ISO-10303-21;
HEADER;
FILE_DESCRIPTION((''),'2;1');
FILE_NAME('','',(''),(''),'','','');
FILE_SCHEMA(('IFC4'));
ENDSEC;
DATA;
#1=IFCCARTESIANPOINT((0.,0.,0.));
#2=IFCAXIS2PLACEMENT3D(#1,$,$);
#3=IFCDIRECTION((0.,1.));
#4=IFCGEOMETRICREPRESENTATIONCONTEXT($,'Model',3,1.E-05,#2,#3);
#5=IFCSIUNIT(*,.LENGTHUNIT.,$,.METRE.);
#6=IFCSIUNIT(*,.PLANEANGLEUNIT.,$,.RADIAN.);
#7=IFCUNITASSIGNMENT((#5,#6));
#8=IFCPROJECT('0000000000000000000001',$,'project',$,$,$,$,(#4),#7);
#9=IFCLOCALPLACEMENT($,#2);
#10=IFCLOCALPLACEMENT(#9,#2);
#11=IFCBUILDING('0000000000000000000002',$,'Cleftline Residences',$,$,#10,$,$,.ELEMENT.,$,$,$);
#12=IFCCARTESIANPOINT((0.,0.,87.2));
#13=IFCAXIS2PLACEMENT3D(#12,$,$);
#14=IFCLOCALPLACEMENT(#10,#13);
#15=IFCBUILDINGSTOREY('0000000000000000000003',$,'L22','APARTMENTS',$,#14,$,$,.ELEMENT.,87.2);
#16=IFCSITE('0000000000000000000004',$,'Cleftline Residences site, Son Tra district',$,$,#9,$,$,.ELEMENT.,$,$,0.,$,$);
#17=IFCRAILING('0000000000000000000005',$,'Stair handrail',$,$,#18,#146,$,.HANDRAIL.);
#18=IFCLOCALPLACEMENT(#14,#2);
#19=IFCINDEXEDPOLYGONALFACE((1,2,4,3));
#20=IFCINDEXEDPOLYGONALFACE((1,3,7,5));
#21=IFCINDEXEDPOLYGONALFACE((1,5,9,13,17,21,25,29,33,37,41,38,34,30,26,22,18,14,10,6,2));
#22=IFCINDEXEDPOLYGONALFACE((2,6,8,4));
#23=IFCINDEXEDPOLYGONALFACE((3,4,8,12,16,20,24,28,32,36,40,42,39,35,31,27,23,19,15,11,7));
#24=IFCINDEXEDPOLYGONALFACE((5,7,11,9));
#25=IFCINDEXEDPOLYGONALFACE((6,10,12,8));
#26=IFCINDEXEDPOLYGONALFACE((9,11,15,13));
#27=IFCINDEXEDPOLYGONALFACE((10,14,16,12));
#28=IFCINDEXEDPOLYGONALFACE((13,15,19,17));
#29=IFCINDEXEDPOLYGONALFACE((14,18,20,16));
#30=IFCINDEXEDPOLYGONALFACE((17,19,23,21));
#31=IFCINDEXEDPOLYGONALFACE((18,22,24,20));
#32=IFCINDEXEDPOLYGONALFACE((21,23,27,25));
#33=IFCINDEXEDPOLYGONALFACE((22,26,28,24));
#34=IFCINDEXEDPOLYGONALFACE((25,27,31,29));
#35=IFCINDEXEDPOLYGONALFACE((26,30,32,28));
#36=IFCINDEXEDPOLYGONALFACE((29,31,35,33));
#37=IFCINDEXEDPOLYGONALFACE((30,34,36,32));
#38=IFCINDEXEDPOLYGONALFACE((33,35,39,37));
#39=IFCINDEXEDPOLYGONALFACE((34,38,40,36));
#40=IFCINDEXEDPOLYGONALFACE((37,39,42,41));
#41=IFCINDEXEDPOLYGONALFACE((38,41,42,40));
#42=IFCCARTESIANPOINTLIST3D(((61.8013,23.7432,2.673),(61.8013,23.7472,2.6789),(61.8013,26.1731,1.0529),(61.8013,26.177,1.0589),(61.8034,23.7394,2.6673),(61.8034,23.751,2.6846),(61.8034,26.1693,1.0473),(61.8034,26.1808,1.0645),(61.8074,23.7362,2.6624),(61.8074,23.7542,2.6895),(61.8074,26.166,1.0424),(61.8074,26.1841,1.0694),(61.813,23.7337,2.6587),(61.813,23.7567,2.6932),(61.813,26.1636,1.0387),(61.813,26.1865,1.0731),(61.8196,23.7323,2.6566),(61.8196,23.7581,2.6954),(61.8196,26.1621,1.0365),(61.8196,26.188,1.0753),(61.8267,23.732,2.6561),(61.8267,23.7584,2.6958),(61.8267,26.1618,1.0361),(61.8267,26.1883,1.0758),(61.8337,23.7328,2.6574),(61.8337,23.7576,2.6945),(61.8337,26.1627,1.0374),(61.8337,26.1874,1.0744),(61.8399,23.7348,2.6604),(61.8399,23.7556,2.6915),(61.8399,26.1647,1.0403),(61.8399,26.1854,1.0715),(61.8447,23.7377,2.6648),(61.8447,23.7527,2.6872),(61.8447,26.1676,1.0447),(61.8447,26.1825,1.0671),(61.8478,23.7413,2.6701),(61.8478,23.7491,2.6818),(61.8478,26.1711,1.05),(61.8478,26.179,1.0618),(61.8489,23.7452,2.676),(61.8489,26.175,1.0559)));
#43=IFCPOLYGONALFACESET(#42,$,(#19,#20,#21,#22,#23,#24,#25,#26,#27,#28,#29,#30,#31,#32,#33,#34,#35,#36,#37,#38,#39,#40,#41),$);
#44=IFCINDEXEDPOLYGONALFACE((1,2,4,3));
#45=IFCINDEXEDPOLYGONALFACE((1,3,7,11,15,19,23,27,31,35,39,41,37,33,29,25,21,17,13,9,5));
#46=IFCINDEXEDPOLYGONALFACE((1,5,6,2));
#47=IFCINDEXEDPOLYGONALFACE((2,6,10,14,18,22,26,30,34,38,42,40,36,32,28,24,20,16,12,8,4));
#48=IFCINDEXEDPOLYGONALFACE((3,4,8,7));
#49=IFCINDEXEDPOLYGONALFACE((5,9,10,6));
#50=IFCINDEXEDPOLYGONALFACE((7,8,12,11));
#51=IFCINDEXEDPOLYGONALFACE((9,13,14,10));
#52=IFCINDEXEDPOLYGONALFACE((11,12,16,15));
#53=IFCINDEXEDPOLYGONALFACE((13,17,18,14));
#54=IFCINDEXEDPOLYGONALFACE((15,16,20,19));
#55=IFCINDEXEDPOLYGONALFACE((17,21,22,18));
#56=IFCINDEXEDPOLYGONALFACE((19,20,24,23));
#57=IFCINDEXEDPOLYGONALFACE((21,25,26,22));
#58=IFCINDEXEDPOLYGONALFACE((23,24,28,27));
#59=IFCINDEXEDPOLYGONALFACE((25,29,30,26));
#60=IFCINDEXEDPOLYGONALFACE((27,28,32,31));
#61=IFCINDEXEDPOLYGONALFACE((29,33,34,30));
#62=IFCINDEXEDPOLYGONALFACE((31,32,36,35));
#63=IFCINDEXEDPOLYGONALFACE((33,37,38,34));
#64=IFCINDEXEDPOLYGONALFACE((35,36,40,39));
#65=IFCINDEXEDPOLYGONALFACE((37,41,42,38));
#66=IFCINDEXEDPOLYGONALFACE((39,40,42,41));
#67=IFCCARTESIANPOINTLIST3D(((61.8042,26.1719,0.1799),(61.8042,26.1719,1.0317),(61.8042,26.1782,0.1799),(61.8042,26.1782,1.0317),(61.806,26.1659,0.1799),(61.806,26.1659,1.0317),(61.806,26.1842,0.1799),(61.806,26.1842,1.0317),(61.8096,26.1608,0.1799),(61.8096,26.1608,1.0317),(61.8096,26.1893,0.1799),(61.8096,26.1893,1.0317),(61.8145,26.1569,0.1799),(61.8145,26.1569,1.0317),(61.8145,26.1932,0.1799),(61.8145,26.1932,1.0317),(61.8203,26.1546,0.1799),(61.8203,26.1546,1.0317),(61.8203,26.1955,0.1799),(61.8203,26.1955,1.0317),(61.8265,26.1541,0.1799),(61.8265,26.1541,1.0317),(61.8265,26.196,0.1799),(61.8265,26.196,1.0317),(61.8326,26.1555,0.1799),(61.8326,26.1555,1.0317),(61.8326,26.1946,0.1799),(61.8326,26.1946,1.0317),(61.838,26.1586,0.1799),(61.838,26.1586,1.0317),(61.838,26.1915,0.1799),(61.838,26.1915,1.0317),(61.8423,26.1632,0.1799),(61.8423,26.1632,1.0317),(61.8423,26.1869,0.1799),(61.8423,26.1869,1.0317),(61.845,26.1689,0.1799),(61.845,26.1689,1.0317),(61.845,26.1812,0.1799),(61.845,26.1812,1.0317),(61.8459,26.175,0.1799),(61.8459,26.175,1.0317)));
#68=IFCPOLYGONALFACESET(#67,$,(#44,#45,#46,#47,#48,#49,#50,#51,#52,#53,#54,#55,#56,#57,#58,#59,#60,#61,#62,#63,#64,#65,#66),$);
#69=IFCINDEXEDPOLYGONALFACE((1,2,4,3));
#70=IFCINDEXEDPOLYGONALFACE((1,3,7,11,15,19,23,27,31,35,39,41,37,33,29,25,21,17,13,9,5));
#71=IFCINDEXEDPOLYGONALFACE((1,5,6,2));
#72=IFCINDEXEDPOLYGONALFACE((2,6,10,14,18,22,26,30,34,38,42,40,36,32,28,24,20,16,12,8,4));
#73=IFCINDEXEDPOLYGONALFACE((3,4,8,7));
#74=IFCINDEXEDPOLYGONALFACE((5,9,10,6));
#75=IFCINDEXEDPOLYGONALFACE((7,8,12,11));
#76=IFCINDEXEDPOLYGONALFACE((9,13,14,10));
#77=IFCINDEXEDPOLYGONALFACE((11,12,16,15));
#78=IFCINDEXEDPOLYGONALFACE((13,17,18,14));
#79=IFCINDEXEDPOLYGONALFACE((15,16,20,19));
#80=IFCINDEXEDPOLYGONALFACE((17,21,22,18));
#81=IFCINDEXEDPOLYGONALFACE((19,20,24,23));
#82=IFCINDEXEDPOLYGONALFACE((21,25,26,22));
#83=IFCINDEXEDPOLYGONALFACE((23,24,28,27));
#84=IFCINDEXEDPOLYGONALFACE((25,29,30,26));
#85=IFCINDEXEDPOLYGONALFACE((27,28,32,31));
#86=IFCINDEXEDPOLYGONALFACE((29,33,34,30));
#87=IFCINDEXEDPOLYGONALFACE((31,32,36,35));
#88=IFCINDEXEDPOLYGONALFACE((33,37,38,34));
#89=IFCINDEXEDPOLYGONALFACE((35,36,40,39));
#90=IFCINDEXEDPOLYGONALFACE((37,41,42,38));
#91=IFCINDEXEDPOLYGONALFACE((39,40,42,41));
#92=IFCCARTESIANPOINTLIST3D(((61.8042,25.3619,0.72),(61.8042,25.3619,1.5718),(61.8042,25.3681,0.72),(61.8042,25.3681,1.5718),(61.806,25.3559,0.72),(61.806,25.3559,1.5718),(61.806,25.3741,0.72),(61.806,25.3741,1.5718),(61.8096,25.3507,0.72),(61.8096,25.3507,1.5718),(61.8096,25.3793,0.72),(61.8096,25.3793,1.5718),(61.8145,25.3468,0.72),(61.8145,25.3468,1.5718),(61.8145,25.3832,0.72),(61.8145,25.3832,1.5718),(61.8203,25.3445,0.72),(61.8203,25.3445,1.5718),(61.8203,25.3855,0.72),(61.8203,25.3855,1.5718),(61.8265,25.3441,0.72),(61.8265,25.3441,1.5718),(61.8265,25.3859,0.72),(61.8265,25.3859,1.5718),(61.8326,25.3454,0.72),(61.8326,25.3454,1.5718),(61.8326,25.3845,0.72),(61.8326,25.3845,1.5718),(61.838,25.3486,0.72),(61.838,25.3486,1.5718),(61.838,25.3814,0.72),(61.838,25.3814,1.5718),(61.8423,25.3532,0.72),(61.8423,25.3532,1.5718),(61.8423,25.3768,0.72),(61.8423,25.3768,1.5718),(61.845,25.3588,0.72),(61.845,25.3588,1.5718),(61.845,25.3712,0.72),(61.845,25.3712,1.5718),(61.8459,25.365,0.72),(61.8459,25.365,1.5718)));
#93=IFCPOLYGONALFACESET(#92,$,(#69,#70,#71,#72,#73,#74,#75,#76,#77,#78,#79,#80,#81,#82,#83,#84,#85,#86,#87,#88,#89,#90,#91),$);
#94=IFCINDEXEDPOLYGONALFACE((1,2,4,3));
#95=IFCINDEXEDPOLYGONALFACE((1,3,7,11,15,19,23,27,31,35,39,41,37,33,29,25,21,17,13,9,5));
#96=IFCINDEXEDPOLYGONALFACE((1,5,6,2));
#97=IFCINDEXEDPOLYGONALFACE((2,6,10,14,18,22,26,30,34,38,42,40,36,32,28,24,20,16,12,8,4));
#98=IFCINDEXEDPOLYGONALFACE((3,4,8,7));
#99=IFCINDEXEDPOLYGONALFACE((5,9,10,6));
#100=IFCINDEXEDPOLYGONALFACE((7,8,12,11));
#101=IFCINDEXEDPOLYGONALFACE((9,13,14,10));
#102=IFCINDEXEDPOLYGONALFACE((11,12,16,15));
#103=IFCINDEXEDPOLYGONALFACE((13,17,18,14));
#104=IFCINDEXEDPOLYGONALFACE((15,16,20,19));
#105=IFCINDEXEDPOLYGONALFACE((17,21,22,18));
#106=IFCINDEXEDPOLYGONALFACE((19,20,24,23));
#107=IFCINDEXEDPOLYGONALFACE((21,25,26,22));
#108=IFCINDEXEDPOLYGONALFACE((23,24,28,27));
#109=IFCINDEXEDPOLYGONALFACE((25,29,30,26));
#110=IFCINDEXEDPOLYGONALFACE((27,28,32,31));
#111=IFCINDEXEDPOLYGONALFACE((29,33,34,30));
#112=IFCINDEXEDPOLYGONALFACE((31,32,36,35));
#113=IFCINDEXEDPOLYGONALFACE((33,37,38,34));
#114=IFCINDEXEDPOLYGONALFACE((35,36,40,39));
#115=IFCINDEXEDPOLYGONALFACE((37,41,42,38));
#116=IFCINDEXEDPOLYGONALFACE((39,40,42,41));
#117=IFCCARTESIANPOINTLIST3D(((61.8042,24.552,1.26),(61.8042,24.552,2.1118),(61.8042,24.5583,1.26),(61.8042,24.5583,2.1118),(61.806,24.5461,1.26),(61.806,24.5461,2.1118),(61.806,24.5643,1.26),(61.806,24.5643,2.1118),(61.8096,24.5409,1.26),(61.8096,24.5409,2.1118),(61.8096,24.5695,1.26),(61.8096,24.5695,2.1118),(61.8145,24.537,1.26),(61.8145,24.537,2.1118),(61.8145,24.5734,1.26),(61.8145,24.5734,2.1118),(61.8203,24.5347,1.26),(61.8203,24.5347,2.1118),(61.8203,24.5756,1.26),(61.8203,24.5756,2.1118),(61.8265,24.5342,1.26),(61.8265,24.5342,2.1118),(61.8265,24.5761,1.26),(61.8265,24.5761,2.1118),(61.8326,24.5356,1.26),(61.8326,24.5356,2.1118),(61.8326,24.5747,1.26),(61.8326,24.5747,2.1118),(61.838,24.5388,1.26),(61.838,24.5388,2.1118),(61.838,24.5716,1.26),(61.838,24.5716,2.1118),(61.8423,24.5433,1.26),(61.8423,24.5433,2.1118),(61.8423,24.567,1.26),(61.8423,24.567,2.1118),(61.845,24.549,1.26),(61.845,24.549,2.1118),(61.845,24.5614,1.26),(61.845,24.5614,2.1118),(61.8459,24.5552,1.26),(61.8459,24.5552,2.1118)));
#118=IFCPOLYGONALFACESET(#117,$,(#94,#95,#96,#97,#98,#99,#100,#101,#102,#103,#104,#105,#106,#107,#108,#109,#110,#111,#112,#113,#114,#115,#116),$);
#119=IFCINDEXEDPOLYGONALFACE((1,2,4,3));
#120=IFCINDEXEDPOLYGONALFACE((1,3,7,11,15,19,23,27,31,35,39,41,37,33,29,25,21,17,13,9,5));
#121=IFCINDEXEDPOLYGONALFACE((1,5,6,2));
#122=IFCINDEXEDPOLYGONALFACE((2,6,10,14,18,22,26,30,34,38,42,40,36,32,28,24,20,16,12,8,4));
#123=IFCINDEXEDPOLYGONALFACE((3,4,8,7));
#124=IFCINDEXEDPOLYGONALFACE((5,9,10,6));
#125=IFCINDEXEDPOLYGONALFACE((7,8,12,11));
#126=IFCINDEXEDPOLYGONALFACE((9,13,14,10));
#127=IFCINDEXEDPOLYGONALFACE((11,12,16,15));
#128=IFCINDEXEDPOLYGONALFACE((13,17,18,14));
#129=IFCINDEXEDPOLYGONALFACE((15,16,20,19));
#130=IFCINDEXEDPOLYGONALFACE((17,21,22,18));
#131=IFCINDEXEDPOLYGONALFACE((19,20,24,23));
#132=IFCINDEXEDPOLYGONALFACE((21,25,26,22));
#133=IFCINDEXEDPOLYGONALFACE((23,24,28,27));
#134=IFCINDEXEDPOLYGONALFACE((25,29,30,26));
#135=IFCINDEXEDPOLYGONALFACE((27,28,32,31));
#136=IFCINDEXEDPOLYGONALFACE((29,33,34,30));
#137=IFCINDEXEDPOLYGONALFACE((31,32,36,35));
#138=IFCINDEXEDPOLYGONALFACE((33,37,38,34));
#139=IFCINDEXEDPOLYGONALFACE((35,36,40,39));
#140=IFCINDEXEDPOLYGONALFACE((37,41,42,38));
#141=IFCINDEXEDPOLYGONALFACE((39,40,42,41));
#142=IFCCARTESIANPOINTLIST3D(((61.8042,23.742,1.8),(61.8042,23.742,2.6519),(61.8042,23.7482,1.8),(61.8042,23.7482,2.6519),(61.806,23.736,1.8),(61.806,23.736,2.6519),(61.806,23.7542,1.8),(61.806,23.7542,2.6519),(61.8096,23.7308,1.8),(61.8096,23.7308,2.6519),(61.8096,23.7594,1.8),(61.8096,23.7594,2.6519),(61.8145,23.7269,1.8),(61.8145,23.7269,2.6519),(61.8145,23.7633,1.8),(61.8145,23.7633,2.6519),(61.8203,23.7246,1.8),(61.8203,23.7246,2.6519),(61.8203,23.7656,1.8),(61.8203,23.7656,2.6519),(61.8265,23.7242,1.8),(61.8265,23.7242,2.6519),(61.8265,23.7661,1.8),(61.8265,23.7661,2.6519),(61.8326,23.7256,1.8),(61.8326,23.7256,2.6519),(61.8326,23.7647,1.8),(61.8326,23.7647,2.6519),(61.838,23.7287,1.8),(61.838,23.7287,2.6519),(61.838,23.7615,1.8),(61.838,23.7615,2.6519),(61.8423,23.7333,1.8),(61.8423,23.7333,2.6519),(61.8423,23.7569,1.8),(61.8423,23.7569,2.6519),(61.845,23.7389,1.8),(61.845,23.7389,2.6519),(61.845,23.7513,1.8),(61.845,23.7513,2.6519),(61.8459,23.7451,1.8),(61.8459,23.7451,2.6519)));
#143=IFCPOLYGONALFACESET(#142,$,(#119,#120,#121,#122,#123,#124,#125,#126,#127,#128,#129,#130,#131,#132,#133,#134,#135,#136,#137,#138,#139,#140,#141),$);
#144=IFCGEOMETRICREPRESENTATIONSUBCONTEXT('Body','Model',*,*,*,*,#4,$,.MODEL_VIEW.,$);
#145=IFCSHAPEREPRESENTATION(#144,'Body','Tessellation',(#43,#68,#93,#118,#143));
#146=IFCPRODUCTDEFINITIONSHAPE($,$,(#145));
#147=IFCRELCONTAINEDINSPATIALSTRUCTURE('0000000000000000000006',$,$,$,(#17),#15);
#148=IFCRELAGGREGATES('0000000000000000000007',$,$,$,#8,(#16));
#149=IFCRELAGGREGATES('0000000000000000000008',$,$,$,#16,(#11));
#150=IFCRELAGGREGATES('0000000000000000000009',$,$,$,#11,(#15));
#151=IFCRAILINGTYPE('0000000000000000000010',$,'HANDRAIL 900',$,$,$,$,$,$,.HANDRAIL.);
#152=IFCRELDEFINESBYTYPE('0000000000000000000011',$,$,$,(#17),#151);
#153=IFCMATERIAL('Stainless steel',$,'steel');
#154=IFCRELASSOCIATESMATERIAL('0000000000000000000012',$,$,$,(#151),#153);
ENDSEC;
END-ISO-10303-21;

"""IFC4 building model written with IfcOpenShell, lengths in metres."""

from ifc_helpers import new_model, si_unit, direction, frame, origin, origin_2d, place, context, subcontext, project, spatial, circle, extrude, material, type_object, element, save


model = new_model("IFC4")

# Units and contexts
model_context = context("Model", 3, precision=1e-05, world=origin(), true_north=direction((0.0, 1.0)))
body_context = subcontext(model_context, "Body", "Model", "MODEL_VIEW")
ifc_project = project(units=[si_unit("LENGTHUNIT", "METRE"), si_unit("PLANEANGLEUNIT", "RADIAN")], contexts=[model_context])

# Site, building, storey
site_placement = place(None, origin())
site = spatial("IfcSite", under=ifc_project, at=site_placement, Name="Cleftline Residences site, Son Tra district", CompositionType="ELEMENT", RefElevation=0.0)
building_placement = place(site_placement, origin())
building = spatial("IfcBuilding", under=site, at=building_placement, Name="Cleftline Residences", CompositionType="ELEMENT")
storey_placement = place(building_placement, frame((0.0, 0.0, 87.2)))
storey = spatial("IfcBuildingStorey", under=building, at=storey_placement, Name="L22", Description="APARTMENTS", CompositionType="ELEMENT", Elevation=87.2)

# Railing
ifc_material_1 = material(Name="Stainless steel", Category="steel")
railing_type = type_object("IfcRailingType", Name="HANDRAIL 900", PredefinedType="HANDRAIL", material=ifc_material_1)
railing_placement = place(storey_placement, frame((61.825, 26.175, 0.1799)))
element("IfcRailing", 1, at=railing_placement, inside=storey, type_object=railing_type, Name="Stair handrail", PredefinedType="HANDRAIL", context=body_context, shape_type="SweptSolid", body=[
    extrude(circle(Radius=0.0239, at=origin_2d()), frame((0.0, 0.0, 0.876), z_axis=(0.0, -0.832025, 0.554739), x_axis=(1.0, 0.0, 0.0)), (0.0, 0.0, 1.0), 2.9204),
    extrude(circle(Radius=0.021, at=origin_2d()), origin(), (0.0, 0.0, 1.0), 0.8518),
    extrude(circle(Radius=0.021, at=origin_2d()), frame((0.0, -0.8101, 0.54)), (0.0, 0.0, 1.0), 0.8518),
    extrude(circle(Radius=0.021, at=origin_2d()), frame((0.0, -1.6199, 1.0801)), (0.0, 0.0, 1.0), 0.8518),
    extrude(circle(Radius=0.021, at=origin_2d()), frame((0.0, -2.4299, 1.6201)), (0.0, 0.0, 1.0), 0.8518),
])

save(model, "model.ifc")
